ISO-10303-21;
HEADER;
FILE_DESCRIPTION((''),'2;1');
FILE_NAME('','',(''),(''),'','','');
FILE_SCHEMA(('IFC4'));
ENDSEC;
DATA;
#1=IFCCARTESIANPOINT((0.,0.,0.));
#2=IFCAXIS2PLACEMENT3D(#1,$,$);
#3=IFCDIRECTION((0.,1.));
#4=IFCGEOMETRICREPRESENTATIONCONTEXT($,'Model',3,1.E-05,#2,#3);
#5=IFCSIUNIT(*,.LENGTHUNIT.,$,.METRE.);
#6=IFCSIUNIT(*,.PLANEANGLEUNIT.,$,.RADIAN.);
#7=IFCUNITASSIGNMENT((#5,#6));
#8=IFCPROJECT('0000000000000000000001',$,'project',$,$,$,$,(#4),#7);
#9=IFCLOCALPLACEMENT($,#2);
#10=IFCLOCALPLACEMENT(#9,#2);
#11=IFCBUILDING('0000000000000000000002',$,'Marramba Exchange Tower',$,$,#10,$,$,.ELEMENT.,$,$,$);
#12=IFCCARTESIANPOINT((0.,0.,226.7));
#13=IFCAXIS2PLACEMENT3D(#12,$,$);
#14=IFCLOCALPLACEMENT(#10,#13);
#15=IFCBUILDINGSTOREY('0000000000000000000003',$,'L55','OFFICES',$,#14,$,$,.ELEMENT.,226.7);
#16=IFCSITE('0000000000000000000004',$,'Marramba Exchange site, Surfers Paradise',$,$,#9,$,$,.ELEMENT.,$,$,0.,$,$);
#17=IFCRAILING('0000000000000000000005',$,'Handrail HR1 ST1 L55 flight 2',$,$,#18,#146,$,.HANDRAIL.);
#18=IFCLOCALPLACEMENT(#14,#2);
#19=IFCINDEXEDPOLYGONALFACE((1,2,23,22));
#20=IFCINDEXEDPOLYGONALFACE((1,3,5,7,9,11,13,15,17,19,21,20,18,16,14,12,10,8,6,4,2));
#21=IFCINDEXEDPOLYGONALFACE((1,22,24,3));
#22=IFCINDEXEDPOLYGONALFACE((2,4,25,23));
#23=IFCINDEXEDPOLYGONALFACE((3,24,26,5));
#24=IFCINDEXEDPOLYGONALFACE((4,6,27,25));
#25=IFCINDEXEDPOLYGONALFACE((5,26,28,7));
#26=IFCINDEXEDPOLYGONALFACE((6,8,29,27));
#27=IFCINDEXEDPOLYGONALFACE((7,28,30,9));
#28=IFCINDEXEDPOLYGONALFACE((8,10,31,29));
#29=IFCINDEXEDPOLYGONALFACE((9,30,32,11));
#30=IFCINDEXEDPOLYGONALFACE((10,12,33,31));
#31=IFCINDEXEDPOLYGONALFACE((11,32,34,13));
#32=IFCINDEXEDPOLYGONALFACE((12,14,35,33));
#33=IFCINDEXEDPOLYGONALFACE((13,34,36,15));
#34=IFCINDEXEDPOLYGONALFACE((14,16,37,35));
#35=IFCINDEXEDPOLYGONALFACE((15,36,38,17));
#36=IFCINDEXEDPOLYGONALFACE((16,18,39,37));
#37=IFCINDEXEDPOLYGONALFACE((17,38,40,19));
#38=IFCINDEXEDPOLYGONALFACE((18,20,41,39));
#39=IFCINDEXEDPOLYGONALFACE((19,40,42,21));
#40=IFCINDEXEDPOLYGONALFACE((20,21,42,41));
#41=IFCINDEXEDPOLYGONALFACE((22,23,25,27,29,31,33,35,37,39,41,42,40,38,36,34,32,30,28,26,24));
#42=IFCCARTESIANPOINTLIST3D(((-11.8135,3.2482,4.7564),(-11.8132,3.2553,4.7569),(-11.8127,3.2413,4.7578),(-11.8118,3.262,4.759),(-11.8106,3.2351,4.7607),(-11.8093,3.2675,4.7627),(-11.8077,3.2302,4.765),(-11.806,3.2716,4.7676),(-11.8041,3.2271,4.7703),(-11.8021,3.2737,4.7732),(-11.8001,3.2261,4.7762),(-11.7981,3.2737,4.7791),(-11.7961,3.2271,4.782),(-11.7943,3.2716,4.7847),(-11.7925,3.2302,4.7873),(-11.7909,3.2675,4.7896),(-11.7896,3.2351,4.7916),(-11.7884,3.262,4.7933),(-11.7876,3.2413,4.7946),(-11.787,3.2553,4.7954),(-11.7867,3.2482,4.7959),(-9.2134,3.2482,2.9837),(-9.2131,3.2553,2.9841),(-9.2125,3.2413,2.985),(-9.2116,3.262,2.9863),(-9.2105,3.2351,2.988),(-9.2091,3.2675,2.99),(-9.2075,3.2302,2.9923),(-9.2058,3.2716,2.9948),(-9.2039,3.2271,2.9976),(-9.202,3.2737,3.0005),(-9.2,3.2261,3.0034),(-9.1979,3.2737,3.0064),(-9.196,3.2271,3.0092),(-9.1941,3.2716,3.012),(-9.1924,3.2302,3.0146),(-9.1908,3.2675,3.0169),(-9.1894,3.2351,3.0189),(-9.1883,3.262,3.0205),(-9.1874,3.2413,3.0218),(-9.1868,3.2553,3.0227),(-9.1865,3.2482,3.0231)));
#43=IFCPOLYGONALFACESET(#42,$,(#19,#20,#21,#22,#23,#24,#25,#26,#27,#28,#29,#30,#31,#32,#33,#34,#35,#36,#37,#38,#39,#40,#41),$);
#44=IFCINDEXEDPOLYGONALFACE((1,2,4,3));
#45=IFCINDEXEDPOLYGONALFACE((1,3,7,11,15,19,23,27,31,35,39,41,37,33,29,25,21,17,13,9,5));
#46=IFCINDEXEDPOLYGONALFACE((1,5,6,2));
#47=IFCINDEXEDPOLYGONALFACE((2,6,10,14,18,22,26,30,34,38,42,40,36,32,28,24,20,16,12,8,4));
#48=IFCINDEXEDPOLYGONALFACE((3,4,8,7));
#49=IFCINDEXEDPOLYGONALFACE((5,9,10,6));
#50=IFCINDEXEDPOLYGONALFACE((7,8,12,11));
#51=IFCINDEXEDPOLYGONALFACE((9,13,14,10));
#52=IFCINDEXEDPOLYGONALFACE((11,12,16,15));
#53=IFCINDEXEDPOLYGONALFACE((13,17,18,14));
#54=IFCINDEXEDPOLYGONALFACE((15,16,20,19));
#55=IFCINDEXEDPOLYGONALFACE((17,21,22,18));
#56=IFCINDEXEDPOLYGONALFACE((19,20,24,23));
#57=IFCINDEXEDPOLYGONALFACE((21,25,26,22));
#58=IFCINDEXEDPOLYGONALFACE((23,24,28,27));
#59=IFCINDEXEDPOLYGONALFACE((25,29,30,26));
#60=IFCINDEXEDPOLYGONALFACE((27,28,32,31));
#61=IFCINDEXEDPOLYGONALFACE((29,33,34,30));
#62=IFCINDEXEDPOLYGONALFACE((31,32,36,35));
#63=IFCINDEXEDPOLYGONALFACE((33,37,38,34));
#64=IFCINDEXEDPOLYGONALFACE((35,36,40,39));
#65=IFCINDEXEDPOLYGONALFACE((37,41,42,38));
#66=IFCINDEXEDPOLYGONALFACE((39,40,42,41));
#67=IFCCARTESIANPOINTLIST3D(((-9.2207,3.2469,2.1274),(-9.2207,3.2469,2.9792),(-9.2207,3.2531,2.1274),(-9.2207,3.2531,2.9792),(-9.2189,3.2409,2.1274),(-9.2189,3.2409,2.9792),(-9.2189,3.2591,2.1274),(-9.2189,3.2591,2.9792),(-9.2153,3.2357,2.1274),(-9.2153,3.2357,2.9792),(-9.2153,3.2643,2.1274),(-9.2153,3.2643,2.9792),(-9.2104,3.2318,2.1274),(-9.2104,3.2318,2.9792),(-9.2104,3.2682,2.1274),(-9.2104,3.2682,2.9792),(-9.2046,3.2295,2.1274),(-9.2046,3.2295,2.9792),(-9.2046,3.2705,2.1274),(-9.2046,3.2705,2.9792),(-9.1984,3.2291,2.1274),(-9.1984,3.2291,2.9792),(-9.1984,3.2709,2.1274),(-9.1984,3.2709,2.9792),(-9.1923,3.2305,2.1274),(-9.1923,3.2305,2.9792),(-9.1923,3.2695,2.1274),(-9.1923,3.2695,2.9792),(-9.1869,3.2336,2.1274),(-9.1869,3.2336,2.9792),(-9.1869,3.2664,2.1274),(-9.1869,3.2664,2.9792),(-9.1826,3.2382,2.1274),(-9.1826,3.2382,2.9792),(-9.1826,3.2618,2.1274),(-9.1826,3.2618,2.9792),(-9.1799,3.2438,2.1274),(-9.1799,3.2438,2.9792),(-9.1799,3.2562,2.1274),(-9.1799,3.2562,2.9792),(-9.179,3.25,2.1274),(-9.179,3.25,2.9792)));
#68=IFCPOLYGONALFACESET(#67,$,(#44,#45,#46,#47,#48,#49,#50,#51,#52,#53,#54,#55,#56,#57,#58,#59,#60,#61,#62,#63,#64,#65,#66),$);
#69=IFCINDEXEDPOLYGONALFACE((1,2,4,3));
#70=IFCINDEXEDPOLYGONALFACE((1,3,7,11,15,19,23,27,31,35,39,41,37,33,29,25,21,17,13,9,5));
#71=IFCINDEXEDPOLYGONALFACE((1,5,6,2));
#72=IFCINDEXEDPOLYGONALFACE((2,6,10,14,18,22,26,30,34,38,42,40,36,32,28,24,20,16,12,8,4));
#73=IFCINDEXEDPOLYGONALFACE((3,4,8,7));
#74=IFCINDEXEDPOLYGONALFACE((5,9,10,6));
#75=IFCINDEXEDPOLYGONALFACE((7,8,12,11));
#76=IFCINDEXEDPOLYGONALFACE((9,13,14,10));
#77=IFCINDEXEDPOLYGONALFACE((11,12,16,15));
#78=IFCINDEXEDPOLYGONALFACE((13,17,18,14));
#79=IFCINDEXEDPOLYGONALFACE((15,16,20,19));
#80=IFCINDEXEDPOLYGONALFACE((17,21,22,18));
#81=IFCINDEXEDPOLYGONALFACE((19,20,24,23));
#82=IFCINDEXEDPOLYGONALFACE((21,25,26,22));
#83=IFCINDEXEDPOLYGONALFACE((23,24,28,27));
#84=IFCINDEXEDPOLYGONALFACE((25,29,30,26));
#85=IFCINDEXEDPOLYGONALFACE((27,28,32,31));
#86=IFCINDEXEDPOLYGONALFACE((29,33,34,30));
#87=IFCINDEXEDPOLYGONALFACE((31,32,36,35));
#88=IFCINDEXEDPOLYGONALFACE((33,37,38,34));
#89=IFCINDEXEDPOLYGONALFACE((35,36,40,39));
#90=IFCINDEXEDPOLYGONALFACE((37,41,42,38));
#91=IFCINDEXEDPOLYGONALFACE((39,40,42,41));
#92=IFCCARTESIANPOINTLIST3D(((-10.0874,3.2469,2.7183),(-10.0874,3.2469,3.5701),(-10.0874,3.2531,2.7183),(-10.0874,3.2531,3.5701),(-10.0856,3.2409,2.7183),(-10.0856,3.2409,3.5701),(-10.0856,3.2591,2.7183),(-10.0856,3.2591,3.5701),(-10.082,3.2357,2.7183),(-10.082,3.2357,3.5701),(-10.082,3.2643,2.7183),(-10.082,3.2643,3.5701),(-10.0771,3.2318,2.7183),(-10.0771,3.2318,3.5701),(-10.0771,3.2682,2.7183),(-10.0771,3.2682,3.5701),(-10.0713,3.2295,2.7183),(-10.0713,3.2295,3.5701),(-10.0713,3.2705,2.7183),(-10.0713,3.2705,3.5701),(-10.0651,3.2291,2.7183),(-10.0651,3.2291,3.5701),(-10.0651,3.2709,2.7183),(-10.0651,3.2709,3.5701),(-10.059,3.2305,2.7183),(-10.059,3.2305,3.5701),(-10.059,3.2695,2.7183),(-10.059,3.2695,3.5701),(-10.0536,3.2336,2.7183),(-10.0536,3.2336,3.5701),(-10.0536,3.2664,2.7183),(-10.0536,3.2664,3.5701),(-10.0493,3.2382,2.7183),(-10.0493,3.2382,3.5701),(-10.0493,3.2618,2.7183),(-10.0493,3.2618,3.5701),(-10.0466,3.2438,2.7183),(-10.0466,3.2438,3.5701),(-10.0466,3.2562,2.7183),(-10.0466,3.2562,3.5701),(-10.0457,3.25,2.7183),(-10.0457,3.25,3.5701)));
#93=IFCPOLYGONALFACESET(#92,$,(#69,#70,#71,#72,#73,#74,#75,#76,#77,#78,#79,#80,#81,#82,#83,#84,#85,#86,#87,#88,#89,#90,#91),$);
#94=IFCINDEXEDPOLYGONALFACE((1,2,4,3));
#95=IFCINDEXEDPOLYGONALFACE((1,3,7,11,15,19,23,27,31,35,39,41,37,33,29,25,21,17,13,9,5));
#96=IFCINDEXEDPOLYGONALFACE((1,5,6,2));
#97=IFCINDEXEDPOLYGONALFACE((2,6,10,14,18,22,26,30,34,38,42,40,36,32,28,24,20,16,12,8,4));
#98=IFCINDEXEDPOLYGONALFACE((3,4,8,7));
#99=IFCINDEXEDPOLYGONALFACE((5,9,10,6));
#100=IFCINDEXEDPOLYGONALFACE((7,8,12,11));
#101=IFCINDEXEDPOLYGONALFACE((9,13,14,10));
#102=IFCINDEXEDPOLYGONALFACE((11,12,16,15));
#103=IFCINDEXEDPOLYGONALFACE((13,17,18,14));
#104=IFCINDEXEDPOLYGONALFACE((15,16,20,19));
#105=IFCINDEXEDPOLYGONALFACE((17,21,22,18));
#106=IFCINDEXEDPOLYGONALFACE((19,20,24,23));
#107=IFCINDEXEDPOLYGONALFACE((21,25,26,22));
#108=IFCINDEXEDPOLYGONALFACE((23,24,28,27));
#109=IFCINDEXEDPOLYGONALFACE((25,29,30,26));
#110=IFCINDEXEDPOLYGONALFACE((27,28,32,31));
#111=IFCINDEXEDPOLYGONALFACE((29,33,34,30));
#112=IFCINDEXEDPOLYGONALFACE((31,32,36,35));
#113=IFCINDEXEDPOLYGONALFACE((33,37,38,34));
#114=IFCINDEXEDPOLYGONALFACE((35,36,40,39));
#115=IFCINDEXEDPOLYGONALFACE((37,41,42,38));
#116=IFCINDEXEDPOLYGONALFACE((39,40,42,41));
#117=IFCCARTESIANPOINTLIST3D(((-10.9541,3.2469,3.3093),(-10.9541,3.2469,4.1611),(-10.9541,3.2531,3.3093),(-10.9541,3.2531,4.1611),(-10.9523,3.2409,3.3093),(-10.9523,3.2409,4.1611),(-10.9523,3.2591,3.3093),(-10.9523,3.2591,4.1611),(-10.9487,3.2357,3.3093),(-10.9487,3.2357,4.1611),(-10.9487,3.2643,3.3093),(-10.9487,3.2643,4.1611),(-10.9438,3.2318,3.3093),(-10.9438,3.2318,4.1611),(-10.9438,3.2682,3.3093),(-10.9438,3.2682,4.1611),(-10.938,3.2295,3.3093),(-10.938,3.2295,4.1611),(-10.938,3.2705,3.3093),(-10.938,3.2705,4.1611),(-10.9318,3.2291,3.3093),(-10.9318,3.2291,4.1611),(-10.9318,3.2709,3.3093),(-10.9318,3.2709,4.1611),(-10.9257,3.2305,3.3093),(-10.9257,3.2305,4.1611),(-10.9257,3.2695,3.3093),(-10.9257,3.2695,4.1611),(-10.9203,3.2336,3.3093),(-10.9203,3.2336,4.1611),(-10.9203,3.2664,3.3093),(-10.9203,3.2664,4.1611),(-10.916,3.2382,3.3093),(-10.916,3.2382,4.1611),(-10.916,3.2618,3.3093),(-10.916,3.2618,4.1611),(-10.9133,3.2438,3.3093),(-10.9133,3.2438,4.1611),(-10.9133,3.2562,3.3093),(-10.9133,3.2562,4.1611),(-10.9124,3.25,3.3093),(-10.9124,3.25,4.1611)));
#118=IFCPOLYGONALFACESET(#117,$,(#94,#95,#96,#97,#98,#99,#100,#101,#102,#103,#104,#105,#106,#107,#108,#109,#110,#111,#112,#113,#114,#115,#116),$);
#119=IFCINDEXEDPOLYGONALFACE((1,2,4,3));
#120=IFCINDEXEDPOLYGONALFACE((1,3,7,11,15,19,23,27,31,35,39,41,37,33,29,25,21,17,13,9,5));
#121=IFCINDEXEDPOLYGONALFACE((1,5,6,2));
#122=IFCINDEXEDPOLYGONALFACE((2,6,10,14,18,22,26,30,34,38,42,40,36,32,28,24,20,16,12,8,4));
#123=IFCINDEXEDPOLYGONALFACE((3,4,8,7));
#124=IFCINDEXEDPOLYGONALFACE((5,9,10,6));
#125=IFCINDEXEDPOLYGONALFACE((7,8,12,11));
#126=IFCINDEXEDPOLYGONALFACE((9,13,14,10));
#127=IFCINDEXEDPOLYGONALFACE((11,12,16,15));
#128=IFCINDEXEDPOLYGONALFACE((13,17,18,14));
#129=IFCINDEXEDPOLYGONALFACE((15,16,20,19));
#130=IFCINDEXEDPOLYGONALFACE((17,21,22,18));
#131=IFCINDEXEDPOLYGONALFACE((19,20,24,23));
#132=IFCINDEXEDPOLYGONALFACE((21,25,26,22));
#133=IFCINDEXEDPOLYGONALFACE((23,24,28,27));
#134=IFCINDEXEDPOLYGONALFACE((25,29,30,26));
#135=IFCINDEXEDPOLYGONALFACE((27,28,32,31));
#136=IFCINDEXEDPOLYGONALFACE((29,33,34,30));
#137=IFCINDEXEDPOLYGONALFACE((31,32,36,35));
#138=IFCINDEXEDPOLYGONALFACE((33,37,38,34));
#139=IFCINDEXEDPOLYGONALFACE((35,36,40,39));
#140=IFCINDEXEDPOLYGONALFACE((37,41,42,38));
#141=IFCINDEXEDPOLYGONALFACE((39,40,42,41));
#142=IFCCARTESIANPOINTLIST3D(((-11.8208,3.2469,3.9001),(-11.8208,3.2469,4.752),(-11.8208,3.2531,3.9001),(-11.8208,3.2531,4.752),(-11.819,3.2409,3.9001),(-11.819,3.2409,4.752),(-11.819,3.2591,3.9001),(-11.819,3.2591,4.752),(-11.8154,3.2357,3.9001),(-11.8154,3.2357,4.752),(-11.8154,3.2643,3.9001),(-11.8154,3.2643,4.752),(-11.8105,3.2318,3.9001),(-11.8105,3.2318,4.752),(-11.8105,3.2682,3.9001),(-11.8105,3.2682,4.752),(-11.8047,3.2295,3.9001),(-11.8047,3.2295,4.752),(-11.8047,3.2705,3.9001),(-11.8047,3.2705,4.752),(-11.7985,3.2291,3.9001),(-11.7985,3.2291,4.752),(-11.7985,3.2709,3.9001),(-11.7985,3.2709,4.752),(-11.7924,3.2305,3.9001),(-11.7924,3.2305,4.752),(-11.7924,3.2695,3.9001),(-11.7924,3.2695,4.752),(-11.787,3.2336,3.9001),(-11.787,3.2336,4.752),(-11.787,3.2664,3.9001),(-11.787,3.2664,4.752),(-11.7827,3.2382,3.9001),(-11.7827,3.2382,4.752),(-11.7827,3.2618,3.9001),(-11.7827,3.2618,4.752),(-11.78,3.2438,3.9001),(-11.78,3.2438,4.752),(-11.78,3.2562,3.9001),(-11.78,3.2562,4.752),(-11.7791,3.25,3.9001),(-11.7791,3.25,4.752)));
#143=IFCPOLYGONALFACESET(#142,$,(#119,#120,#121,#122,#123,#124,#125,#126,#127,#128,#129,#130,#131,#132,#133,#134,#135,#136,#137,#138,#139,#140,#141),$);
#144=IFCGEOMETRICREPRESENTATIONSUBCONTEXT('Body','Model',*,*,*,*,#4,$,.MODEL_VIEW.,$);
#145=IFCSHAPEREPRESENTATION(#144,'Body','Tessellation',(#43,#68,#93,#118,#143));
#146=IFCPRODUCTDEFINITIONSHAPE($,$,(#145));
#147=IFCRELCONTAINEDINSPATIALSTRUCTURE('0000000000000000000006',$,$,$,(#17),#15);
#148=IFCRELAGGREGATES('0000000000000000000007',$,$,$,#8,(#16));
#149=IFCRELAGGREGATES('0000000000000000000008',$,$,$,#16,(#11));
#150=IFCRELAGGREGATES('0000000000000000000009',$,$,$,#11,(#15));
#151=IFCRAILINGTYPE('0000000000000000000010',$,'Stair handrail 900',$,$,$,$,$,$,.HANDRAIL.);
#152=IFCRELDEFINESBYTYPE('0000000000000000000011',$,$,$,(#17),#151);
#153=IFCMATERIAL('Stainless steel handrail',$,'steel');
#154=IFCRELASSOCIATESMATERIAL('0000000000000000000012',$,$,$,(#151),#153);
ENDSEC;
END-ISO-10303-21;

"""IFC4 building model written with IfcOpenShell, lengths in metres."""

from ifc_helpers import new_model, si_unit, direction, frame, origin, origin_2d, place, context, subcontext, project, spatial, circle, extrude, material, type_object, element, save


model = new_model("IFC4")

# Units and contexts
model_context = context("Model", 3, precision=1e-05, world=origin(), true_north=direction((0.0, 1.0)))
body_context = subcontext(model_context, "Body", "Model", "MODEL_VIEW")
ifc_project = project(units=[si_unit("LENGTHUNIT", "METRE"), si_unit("PLANEANGLEUNIT", "RADIAN")], contexts=[model_context])

# Site, building, storey
site_placement = place(None, origin())
site = spatial("IfcSite", under=ifc_project, at=site_placement, Name="Marramba Exchange site, Surfers Paradise", CompositionType="ELEMENT", RefElevation=0.0)
building_placement = place(site_placement, origin())
building = spatial("IfcBuilding", under=site, at=building_placement, Name="Marramba Exchange Tower", CompositionType="ELEMENT")
storey_placement = place(building_placement, frame((0.0, 0.0, 226.7)))
storey = spatial("IfcBuildingStorey", under=building, at=storey_placement, Name="L55", Description="OFFICES", CompositionType="ELEMENT", Elevation=226.7)

# Railing
ifc_material_1 = material(Name="Stainless steel handrail", Category="steel")
railing_type = type_object("IfcRailingType", Name="Stair handrail 900", PredefinedType="HANDRAIL", material=ifc_material_1)
railing_placement = place(storey_placement, frame((-9.2, 3.25, 2.1274)))
element("IfcRailing", 1, at=railing_placement, inside=storey, type_object=railing_type, Name="Handrail HR1 ST1 L55 flight 2", PredefinedType="HANDRAIL", context=body_context, shape_type="SweptSolid", body=[
    extrude(circle(Radius=0.0239, at=origin_2d()), frame((0.0, 0.0, 0.876), z_axis=(-0.82624, 0.0, 0.563318), x_axis=(0.0, -1.0, 0.0)), (0.0, 0.0, 1.0), 3.147),
    extrude(circle(Radius=0.021, at=origin_2d()), origin(), (0.0, 0.0, 1.0), 0.8518),
    extrude(circle(Radius=0.021, at=origin_2d()), frame((-0.8667, 0.0, 0.5908)), (0.0, 0.0, 1.0), 0.8518),
    extrude(circle(Radius=0.021, at=origin_2d()), frame((-1.7334, 0.0, 1.1819)), (0.0, 0.0, 1.0), 0.8518),
    extrude(circle(Radius=0.021, at=origin_2d()), frame((-2.6001, 0.0, 1.7727)), (0.0, 0.0, 1.0), 0.8518),
])

save(model, "model.ifc")
